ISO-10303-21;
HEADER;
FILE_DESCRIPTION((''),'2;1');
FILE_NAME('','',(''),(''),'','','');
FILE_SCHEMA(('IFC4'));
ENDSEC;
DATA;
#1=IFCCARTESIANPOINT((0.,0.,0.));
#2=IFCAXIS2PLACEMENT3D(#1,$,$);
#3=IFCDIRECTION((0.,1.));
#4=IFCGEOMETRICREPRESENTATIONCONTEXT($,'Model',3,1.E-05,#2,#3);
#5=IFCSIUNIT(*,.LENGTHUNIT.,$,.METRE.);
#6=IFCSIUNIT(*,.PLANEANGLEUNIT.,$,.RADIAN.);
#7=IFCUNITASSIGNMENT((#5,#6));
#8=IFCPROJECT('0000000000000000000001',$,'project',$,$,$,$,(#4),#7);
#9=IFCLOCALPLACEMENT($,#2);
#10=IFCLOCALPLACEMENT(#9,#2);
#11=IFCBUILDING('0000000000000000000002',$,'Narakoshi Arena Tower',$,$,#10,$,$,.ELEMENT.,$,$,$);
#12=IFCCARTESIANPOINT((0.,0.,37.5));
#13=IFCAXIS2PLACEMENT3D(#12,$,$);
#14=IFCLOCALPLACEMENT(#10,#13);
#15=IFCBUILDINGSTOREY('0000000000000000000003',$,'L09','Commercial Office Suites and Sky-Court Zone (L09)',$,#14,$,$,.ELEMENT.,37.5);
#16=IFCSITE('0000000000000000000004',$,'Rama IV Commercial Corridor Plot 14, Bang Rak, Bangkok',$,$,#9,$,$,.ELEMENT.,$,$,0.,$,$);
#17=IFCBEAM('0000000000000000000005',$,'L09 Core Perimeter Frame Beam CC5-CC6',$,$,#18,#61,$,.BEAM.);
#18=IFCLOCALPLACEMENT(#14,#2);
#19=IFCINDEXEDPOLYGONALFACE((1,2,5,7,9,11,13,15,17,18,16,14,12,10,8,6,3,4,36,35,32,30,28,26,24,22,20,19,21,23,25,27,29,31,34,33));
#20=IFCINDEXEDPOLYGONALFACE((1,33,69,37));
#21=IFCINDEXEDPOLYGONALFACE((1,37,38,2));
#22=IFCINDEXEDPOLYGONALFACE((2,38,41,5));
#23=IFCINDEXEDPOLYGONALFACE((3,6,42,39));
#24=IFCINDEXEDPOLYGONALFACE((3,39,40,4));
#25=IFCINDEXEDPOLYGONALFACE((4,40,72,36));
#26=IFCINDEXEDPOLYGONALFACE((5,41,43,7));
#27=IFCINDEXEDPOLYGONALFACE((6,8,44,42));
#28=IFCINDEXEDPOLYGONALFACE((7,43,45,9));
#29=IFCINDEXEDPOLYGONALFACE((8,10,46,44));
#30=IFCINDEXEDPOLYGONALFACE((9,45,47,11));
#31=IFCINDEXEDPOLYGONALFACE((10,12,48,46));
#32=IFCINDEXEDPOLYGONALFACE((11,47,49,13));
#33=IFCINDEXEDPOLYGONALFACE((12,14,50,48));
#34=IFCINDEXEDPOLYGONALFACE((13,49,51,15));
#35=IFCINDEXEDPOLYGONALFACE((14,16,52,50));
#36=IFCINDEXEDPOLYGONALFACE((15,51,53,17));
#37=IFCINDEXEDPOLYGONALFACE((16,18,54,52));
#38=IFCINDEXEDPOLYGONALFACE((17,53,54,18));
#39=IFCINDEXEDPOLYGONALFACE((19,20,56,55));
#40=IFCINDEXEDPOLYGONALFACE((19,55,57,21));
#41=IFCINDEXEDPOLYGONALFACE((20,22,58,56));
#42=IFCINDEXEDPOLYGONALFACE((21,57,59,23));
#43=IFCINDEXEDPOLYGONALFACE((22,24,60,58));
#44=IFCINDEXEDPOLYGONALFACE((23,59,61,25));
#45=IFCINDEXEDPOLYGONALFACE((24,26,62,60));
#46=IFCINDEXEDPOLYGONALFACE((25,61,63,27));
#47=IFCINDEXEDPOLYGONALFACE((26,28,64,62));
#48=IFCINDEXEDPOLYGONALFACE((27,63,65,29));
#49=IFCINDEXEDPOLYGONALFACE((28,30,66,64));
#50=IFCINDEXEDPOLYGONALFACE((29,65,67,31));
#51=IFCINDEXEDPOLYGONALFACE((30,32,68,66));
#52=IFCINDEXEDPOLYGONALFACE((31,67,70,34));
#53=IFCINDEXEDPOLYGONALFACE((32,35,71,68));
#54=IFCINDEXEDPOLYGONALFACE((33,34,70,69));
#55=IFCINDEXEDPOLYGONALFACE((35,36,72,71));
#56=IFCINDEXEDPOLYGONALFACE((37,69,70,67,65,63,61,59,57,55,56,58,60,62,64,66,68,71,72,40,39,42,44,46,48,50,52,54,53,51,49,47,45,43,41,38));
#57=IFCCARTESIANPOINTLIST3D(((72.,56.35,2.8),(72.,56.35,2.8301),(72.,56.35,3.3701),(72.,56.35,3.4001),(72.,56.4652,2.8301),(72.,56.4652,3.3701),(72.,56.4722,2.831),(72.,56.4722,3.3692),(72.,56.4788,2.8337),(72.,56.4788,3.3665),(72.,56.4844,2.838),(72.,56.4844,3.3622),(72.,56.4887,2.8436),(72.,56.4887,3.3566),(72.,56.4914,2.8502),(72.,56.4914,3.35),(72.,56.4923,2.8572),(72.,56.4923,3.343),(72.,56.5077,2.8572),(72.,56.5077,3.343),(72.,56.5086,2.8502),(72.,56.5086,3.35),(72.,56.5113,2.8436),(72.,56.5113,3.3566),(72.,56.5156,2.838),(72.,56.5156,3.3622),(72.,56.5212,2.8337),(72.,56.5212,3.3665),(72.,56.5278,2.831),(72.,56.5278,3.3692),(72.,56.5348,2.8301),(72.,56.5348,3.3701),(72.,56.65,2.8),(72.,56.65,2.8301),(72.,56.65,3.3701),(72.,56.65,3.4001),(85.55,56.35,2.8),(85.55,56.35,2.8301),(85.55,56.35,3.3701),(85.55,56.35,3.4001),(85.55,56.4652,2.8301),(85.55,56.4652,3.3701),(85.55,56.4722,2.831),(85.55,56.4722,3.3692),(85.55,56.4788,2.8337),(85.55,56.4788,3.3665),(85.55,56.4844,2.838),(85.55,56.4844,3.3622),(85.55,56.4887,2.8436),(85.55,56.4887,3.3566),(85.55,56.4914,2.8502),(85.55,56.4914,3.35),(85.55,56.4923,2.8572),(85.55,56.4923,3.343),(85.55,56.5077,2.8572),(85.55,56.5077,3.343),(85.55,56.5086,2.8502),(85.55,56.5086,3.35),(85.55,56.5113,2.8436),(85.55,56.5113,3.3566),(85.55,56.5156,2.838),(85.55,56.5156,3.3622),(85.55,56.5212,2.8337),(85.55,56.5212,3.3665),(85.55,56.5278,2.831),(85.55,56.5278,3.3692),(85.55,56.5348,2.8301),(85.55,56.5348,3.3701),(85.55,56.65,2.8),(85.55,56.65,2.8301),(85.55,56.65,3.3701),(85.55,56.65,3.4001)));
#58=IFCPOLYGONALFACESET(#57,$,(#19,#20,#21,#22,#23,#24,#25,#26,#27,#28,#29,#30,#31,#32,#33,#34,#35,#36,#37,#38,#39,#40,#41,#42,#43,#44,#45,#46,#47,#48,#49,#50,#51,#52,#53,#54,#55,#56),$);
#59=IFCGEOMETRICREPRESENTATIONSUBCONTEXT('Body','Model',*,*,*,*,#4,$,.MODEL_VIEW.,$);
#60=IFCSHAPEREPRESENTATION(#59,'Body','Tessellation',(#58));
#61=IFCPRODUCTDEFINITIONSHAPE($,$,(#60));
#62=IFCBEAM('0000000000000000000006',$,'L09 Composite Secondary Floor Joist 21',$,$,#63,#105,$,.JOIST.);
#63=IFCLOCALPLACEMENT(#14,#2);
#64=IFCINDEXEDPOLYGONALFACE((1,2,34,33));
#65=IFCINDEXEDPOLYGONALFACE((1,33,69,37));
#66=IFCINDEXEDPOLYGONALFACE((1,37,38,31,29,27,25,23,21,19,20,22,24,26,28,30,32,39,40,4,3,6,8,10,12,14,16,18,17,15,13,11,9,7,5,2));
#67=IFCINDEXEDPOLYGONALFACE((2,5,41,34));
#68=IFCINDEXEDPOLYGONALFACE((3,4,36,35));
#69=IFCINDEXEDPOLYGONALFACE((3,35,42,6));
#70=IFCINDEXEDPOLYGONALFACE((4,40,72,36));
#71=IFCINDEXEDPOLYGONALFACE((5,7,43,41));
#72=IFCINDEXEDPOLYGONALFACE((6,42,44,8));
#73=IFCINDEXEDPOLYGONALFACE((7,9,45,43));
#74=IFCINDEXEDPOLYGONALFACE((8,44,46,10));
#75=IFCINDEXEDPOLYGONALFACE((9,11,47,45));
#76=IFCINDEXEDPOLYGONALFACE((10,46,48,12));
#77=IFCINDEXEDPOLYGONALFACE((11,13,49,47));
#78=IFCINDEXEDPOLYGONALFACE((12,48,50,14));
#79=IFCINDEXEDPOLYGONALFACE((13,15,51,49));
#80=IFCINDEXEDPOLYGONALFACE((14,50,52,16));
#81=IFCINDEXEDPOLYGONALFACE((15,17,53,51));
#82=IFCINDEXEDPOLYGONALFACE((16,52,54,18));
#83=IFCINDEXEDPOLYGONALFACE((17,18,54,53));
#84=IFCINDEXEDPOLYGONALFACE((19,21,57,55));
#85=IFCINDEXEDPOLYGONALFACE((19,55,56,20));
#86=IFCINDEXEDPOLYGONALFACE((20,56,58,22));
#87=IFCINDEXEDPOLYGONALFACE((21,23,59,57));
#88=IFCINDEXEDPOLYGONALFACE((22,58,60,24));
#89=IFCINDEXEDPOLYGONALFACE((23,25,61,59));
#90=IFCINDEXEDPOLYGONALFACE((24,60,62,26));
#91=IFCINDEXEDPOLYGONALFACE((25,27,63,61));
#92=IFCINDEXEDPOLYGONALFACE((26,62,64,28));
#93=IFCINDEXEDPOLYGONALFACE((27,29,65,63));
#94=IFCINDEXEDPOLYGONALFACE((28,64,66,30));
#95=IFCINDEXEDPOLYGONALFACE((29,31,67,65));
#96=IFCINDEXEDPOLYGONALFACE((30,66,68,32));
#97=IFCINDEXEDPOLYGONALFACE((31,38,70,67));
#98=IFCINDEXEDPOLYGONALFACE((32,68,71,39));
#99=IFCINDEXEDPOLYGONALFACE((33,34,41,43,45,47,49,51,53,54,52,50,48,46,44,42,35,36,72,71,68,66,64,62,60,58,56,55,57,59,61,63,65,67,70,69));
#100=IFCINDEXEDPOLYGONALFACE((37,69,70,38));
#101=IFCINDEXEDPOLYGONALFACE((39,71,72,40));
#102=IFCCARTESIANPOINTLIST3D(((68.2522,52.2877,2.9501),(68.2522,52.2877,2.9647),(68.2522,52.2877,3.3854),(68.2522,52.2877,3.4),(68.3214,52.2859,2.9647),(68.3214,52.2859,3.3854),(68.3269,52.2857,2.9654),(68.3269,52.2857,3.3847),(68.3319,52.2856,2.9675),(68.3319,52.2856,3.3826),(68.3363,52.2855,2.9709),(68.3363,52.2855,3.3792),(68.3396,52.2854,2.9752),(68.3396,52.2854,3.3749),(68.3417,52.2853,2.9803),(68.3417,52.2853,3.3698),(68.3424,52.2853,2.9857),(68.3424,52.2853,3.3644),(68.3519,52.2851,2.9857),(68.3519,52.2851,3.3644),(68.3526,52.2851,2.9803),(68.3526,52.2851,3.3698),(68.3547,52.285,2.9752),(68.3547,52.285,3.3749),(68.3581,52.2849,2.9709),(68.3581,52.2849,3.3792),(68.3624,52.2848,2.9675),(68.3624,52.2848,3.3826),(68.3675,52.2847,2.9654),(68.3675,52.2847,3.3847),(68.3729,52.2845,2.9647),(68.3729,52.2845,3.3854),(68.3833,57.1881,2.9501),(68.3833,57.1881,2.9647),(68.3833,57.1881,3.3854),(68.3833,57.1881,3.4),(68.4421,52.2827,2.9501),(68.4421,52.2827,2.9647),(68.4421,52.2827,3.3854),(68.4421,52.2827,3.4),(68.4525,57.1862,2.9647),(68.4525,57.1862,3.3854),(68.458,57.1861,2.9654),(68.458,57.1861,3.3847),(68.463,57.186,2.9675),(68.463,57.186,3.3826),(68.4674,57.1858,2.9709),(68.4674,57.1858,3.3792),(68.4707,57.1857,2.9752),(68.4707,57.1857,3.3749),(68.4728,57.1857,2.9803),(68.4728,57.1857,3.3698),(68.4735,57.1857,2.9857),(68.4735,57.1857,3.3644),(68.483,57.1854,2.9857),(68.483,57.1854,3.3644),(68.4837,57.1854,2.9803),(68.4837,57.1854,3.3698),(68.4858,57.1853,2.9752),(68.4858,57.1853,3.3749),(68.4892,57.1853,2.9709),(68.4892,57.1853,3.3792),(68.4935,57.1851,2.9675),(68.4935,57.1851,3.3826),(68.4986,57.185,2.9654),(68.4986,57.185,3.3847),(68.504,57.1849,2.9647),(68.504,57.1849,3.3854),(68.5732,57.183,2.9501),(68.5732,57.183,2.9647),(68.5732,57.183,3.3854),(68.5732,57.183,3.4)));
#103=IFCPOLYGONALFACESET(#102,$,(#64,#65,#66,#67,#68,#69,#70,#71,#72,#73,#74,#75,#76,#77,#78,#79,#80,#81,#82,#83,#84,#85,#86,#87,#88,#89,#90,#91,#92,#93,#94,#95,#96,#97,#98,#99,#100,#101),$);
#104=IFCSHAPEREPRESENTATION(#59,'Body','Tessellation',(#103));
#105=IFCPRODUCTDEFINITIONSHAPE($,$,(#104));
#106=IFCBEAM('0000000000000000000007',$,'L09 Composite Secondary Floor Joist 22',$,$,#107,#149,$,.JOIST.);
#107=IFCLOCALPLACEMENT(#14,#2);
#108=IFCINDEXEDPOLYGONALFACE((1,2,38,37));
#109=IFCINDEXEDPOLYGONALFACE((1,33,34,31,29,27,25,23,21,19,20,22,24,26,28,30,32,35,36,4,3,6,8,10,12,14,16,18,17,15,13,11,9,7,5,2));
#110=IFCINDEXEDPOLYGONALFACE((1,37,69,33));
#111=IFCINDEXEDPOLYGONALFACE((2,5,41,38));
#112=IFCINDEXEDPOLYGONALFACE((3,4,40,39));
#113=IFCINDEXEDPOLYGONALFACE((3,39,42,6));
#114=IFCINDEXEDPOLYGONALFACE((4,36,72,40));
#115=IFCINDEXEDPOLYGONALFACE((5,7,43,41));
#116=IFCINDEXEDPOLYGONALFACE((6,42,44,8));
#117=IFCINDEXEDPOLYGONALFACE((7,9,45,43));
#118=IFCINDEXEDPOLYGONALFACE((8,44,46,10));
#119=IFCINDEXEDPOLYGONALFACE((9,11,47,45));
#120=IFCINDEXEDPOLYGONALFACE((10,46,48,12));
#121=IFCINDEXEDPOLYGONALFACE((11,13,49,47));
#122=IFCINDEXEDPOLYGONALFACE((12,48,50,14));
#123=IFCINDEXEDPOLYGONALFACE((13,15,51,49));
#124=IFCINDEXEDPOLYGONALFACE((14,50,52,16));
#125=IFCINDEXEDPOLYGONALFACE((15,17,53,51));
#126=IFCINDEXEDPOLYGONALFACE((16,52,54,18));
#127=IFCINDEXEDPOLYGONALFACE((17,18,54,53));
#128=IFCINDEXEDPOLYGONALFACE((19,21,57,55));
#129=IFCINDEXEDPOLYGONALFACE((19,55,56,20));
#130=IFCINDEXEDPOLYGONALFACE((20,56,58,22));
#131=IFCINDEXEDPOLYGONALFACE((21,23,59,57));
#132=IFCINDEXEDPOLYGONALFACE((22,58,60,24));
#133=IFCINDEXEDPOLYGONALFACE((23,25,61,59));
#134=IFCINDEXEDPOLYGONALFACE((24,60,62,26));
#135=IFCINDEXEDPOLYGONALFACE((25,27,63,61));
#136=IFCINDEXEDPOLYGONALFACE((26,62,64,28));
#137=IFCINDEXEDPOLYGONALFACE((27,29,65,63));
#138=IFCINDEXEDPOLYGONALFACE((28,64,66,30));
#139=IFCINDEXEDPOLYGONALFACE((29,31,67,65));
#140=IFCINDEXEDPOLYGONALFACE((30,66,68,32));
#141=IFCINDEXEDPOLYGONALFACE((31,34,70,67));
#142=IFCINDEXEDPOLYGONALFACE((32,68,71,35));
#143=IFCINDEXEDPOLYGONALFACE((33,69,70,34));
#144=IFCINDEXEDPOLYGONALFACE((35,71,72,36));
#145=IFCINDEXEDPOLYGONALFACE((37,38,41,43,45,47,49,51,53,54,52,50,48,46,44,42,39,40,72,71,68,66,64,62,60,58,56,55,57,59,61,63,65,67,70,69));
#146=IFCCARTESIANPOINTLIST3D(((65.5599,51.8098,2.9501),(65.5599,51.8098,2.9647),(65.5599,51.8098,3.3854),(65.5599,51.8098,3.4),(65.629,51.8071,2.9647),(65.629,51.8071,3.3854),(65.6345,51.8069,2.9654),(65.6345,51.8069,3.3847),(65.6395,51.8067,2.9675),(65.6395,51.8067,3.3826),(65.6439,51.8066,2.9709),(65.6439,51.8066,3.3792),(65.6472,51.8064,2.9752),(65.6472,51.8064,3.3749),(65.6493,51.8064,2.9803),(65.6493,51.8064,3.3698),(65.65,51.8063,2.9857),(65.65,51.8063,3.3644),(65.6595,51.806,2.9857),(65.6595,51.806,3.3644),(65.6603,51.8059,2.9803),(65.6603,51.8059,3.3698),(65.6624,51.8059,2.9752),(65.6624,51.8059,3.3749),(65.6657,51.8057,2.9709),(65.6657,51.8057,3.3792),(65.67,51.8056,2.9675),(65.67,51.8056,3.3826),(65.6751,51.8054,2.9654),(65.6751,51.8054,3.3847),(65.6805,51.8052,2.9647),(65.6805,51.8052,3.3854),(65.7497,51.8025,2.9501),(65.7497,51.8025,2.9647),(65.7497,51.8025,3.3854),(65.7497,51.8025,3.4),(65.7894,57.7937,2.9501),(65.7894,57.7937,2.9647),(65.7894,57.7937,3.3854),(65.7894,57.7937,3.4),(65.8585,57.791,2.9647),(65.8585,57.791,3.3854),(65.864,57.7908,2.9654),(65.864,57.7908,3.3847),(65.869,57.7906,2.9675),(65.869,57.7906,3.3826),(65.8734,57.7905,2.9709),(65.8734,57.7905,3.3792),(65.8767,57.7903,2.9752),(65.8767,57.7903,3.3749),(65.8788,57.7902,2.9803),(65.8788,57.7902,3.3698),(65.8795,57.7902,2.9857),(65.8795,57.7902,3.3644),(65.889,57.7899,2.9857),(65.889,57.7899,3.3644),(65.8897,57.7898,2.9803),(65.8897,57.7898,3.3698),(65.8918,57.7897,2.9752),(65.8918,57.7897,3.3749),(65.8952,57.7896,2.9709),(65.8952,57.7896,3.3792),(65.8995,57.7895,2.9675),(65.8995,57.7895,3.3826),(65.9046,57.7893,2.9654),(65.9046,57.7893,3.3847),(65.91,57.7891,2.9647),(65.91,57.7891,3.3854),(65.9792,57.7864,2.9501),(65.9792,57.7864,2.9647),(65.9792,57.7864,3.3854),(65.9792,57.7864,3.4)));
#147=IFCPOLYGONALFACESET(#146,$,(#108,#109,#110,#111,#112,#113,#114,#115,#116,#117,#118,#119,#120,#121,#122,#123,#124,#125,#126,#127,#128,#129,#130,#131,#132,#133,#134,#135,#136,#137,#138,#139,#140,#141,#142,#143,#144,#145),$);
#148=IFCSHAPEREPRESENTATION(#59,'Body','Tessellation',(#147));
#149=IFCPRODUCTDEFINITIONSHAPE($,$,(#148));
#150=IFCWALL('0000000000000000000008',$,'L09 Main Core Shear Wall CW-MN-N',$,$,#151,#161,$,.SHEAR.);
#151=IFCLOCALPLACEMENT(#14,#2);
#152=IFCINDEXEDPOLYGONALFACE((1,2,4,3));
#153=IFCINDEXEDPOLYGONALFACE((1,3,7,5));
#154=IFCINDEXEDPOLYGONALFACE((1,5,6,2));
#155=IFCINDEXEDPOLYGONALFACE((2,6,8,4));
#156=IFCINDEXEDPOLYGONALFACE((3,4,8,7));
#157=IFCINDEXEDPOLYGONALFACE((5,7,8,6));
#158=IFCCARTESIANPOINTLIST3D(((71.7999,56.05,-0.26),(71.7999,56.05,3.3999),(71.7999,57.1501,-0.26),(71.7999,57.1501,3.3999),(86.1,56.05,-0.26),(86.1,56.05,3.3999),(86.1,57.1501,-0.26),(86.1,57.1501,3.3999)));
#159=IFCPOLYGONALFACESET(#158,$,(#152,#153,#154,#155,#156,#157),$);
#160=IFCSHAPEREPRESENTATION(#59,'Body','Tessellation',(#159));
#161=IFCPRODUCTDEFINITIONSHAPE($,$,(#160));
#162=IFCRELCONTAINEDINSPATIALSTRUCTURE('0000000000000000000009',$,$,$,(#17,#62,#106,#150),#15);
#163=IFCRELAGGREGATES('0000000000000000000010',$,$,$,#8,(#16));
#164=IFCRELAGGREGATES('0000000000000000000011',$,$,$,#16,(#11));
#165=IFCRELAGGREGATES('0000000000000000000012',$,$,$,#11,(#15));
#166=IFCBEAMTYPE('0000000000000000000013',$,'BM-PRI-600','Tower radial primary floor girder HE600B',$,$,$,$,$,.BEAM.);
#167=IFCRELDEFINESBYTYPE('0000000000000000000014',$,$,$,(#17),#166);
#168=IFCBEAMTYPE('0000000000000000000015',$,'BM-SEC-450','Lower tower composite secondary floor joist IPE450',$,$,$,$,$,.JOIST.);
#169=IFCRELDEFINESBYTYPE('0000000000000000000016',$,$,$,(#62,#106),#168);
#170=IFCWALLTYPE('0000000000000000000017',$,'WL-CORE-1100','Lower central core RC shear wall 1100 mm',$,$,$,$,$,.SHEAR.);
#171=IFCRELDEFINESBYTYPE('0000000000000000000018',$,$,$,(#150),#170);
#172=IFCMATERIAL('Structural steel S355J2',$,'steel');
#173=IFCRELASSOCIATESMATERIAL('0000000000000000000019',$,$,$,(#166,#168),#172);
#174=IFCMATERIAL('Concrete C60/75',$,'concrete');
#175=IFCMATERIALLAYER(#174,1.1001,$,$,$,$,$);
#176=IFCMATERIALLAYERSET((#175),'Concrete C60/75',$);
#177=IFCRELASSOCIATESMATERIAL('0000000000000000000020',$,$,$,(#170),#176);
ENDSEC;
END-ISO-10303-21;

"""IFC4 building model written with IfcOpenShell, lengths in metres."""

from ifc_helpers import new_model, si_unit, direction, frame, frame_2d, origin, origin_2d, place, context, subcontext, project, spatial, rectangle, i_section, extrude, material, layer, layer_set, material_profile, profile_set, type_object, element, save


model = new_model("IFC4")

# Units and contexts
model_context = context("Model", 3, precision=1e-05, world=origin(), true_north=direction((0.0, 1.0)))
body_context = subcontext(model_context, "Body", "Model", "MODEL_VIEW")
ifc_project = project(units=[si_unit("LENGTHUNIT", "METRE"), si_unit("PLANEANGLEUNIT", "RADIAN")], contexts=[model_context])

# Site, building, storey
site_placement = place(None, origin())
site = spatial("IfcSite", under=ifc_project, at=site_placement, Name="Rama IV Commercial Corridor Plot 14, Bang Rak, Bangkok", CompositionType="ELEMENT", RefElevation=0.0)
building_placement = place(site_placement, origin())
building = spatial("IfcBuilding", under=site, at=building_placement, Name="Narakoshi Arena Tower", CompositionType="ELEMENT")
storey_placement = place(building_placement, frame((0.0, 0.0, 37.5)))
storey = spatial("IfcBuildingStorey", under=building, at=storey_placement, Name="L09", Description="Commercial Office Suites and Sky-Court Zone (L09)", CompositionType="ELEMENT", Elevation=37.5)

# Shared definitions
ifc_material_1 = material(Name="Concrete C60/75", Category="concrete")

# Beams
ifc_material_2 = material(Name="Structural steel S355J2", Category="steel")
ifc_material_profile_1 = material_profile(ifc_material_2, i_section(OverallWidth=0.3, OverallDepth=0.6001, WebThickness=0.0154, FlangeThickness=0.03, FilletRadius=0.0271, at=origin_2d()), Name="HE600B")
ifc_profile_set_1 = profile_set([ifc_material_profile_1], Name="Structural steel S355J2")
beam_type_1 = type_object("IfcBeamType", Name="BM-PRI-600", Description="Tower radial primary floor girder HE600B", PredefinedType="BEAM", material=ifc_profile_set_1)
beam_1_placement = place(storey_placement, frame((72.0, 56.5, 3.1001), z_axis=(1.0, 0.0, 0.0), x_axis=(0.0, 1.0, 0.0)))
element("IfcBeam", 1, at=beam_1_placement, inside=storey, type_object=beam_type_1, Name="L09 Core Perimeter Frame Beam CC5-CC6", PredefinedType="BEAM", context=body_context, shape_type="SweptSolid", body=[
    extrude(i_section(OverallWidth=0.3, OverallDepth=0.6001, WebThickness=0.0154, FlangeThickness=0.03, FilletRadius=0.0271, at=origin_2d()), origin(), (0.0, 0.0, 1.0), 13.55),
])
ifc_material_profile_2 = material_profile(ifc_material_2, i_section(OverallWidth=0.1899, OverallDepth=0.45, WebThickness=0.0095, FlangeThickness=0.0146, FilletRadius=0.021, at=origin_2d()), Name="IPE450")
ifc_profile_set_2 = profile_set([ifc_material_profile_2], Name="Structural steel S355J2")
beam_type_2 = type_object("IfcBeamType", Name="BM-SEC-450", Description="Lower tower composite secondary floor joist IPE450", PredefinedType="JOIST", material=ifc_profile_set_2)
beam_2_placement = place(storey_placement, frame((68.4783, 57.1855, 3.175), z_axis=(-0.026744, -0.999642, 0.0), x_axis=(0.999642, -0.026744, 0.0)))
element("IfcBeam", 2, at=beam_2_placement, inside=storey, type_object=beam_type_2, Name="L09 Composite Secondary Floor Joist 21", PredefinedType="JOIST", context=body_context, shape_type="SweptSolid", body=[
    extrude(i_section(OverallWidth=0.1899, OverallDepth=0.45, WebThickness=0.0095, FlangeThickness=0.0146, FilletRadius=0.021, at=origin_2d()), origin(), (0.0, 0.0, 1.0), 4.9021),
])
beam_3_placement = place(storey_placement, frame((65.8843, 57.79, 3.175), z_axis=(-0.038324, -0.999265, 0.0), x_axis=(0.999265, -0.038324, 0.0)))
element("IfcBeam", 3, at=beam_3_placement, inside=storey, type_object=beam_type_2, Name="L09 Composite Secondary Floor Joist 22", PredefinedType="JOIST", context=body_context, shape_type="SweptSolid", body=[
    extrude(i_section(OverallWidth=0.1899, OverallDepth=0.45, WebThickness=0.0095, FlangeThickness=0.0146, FilletRadius=0.021, at=origin_2d()), origin(), (0.0, 0.0, 1.0), 5.9883),
])

# Wall
ifc_layer_1 = layer(ifc_material_1, 1.1001)
ifc_layer_set_1 = layer_set([ifc_layer_1], Name="Concrete C60/75")
wall_type_1 = type_object("IfcWallType", Name="WL-CORE-1100", Description="Lower central core RC shear wall 1100 mm", PredefinedType="SHEAR", material=ifc_layer_set_1)
wall_1_placement = place(storey_placement, frame((71.8, 56.6001, -0.26), z_axis=(0.0, 0.0, 1.0), x_axis=(1.0, 0.0, 0.0)))
element("IfcWall", 4, at=wall_1_placement, inside=storey, type_object=wall_type_1, Name="L09 Main Core Shear Wall CW-MN-N", PredefinedType="SHEAR", context=body_context, shape_type="SweptSolid", body=[
    extrude(rectangle(XDim=14.3, YDim=1.1001, at=frame_2d((7.1499, 0.0))), origin(), (0.0, 0.0, 1.0), 3.6599),
])

save(model, "model.ifc")
